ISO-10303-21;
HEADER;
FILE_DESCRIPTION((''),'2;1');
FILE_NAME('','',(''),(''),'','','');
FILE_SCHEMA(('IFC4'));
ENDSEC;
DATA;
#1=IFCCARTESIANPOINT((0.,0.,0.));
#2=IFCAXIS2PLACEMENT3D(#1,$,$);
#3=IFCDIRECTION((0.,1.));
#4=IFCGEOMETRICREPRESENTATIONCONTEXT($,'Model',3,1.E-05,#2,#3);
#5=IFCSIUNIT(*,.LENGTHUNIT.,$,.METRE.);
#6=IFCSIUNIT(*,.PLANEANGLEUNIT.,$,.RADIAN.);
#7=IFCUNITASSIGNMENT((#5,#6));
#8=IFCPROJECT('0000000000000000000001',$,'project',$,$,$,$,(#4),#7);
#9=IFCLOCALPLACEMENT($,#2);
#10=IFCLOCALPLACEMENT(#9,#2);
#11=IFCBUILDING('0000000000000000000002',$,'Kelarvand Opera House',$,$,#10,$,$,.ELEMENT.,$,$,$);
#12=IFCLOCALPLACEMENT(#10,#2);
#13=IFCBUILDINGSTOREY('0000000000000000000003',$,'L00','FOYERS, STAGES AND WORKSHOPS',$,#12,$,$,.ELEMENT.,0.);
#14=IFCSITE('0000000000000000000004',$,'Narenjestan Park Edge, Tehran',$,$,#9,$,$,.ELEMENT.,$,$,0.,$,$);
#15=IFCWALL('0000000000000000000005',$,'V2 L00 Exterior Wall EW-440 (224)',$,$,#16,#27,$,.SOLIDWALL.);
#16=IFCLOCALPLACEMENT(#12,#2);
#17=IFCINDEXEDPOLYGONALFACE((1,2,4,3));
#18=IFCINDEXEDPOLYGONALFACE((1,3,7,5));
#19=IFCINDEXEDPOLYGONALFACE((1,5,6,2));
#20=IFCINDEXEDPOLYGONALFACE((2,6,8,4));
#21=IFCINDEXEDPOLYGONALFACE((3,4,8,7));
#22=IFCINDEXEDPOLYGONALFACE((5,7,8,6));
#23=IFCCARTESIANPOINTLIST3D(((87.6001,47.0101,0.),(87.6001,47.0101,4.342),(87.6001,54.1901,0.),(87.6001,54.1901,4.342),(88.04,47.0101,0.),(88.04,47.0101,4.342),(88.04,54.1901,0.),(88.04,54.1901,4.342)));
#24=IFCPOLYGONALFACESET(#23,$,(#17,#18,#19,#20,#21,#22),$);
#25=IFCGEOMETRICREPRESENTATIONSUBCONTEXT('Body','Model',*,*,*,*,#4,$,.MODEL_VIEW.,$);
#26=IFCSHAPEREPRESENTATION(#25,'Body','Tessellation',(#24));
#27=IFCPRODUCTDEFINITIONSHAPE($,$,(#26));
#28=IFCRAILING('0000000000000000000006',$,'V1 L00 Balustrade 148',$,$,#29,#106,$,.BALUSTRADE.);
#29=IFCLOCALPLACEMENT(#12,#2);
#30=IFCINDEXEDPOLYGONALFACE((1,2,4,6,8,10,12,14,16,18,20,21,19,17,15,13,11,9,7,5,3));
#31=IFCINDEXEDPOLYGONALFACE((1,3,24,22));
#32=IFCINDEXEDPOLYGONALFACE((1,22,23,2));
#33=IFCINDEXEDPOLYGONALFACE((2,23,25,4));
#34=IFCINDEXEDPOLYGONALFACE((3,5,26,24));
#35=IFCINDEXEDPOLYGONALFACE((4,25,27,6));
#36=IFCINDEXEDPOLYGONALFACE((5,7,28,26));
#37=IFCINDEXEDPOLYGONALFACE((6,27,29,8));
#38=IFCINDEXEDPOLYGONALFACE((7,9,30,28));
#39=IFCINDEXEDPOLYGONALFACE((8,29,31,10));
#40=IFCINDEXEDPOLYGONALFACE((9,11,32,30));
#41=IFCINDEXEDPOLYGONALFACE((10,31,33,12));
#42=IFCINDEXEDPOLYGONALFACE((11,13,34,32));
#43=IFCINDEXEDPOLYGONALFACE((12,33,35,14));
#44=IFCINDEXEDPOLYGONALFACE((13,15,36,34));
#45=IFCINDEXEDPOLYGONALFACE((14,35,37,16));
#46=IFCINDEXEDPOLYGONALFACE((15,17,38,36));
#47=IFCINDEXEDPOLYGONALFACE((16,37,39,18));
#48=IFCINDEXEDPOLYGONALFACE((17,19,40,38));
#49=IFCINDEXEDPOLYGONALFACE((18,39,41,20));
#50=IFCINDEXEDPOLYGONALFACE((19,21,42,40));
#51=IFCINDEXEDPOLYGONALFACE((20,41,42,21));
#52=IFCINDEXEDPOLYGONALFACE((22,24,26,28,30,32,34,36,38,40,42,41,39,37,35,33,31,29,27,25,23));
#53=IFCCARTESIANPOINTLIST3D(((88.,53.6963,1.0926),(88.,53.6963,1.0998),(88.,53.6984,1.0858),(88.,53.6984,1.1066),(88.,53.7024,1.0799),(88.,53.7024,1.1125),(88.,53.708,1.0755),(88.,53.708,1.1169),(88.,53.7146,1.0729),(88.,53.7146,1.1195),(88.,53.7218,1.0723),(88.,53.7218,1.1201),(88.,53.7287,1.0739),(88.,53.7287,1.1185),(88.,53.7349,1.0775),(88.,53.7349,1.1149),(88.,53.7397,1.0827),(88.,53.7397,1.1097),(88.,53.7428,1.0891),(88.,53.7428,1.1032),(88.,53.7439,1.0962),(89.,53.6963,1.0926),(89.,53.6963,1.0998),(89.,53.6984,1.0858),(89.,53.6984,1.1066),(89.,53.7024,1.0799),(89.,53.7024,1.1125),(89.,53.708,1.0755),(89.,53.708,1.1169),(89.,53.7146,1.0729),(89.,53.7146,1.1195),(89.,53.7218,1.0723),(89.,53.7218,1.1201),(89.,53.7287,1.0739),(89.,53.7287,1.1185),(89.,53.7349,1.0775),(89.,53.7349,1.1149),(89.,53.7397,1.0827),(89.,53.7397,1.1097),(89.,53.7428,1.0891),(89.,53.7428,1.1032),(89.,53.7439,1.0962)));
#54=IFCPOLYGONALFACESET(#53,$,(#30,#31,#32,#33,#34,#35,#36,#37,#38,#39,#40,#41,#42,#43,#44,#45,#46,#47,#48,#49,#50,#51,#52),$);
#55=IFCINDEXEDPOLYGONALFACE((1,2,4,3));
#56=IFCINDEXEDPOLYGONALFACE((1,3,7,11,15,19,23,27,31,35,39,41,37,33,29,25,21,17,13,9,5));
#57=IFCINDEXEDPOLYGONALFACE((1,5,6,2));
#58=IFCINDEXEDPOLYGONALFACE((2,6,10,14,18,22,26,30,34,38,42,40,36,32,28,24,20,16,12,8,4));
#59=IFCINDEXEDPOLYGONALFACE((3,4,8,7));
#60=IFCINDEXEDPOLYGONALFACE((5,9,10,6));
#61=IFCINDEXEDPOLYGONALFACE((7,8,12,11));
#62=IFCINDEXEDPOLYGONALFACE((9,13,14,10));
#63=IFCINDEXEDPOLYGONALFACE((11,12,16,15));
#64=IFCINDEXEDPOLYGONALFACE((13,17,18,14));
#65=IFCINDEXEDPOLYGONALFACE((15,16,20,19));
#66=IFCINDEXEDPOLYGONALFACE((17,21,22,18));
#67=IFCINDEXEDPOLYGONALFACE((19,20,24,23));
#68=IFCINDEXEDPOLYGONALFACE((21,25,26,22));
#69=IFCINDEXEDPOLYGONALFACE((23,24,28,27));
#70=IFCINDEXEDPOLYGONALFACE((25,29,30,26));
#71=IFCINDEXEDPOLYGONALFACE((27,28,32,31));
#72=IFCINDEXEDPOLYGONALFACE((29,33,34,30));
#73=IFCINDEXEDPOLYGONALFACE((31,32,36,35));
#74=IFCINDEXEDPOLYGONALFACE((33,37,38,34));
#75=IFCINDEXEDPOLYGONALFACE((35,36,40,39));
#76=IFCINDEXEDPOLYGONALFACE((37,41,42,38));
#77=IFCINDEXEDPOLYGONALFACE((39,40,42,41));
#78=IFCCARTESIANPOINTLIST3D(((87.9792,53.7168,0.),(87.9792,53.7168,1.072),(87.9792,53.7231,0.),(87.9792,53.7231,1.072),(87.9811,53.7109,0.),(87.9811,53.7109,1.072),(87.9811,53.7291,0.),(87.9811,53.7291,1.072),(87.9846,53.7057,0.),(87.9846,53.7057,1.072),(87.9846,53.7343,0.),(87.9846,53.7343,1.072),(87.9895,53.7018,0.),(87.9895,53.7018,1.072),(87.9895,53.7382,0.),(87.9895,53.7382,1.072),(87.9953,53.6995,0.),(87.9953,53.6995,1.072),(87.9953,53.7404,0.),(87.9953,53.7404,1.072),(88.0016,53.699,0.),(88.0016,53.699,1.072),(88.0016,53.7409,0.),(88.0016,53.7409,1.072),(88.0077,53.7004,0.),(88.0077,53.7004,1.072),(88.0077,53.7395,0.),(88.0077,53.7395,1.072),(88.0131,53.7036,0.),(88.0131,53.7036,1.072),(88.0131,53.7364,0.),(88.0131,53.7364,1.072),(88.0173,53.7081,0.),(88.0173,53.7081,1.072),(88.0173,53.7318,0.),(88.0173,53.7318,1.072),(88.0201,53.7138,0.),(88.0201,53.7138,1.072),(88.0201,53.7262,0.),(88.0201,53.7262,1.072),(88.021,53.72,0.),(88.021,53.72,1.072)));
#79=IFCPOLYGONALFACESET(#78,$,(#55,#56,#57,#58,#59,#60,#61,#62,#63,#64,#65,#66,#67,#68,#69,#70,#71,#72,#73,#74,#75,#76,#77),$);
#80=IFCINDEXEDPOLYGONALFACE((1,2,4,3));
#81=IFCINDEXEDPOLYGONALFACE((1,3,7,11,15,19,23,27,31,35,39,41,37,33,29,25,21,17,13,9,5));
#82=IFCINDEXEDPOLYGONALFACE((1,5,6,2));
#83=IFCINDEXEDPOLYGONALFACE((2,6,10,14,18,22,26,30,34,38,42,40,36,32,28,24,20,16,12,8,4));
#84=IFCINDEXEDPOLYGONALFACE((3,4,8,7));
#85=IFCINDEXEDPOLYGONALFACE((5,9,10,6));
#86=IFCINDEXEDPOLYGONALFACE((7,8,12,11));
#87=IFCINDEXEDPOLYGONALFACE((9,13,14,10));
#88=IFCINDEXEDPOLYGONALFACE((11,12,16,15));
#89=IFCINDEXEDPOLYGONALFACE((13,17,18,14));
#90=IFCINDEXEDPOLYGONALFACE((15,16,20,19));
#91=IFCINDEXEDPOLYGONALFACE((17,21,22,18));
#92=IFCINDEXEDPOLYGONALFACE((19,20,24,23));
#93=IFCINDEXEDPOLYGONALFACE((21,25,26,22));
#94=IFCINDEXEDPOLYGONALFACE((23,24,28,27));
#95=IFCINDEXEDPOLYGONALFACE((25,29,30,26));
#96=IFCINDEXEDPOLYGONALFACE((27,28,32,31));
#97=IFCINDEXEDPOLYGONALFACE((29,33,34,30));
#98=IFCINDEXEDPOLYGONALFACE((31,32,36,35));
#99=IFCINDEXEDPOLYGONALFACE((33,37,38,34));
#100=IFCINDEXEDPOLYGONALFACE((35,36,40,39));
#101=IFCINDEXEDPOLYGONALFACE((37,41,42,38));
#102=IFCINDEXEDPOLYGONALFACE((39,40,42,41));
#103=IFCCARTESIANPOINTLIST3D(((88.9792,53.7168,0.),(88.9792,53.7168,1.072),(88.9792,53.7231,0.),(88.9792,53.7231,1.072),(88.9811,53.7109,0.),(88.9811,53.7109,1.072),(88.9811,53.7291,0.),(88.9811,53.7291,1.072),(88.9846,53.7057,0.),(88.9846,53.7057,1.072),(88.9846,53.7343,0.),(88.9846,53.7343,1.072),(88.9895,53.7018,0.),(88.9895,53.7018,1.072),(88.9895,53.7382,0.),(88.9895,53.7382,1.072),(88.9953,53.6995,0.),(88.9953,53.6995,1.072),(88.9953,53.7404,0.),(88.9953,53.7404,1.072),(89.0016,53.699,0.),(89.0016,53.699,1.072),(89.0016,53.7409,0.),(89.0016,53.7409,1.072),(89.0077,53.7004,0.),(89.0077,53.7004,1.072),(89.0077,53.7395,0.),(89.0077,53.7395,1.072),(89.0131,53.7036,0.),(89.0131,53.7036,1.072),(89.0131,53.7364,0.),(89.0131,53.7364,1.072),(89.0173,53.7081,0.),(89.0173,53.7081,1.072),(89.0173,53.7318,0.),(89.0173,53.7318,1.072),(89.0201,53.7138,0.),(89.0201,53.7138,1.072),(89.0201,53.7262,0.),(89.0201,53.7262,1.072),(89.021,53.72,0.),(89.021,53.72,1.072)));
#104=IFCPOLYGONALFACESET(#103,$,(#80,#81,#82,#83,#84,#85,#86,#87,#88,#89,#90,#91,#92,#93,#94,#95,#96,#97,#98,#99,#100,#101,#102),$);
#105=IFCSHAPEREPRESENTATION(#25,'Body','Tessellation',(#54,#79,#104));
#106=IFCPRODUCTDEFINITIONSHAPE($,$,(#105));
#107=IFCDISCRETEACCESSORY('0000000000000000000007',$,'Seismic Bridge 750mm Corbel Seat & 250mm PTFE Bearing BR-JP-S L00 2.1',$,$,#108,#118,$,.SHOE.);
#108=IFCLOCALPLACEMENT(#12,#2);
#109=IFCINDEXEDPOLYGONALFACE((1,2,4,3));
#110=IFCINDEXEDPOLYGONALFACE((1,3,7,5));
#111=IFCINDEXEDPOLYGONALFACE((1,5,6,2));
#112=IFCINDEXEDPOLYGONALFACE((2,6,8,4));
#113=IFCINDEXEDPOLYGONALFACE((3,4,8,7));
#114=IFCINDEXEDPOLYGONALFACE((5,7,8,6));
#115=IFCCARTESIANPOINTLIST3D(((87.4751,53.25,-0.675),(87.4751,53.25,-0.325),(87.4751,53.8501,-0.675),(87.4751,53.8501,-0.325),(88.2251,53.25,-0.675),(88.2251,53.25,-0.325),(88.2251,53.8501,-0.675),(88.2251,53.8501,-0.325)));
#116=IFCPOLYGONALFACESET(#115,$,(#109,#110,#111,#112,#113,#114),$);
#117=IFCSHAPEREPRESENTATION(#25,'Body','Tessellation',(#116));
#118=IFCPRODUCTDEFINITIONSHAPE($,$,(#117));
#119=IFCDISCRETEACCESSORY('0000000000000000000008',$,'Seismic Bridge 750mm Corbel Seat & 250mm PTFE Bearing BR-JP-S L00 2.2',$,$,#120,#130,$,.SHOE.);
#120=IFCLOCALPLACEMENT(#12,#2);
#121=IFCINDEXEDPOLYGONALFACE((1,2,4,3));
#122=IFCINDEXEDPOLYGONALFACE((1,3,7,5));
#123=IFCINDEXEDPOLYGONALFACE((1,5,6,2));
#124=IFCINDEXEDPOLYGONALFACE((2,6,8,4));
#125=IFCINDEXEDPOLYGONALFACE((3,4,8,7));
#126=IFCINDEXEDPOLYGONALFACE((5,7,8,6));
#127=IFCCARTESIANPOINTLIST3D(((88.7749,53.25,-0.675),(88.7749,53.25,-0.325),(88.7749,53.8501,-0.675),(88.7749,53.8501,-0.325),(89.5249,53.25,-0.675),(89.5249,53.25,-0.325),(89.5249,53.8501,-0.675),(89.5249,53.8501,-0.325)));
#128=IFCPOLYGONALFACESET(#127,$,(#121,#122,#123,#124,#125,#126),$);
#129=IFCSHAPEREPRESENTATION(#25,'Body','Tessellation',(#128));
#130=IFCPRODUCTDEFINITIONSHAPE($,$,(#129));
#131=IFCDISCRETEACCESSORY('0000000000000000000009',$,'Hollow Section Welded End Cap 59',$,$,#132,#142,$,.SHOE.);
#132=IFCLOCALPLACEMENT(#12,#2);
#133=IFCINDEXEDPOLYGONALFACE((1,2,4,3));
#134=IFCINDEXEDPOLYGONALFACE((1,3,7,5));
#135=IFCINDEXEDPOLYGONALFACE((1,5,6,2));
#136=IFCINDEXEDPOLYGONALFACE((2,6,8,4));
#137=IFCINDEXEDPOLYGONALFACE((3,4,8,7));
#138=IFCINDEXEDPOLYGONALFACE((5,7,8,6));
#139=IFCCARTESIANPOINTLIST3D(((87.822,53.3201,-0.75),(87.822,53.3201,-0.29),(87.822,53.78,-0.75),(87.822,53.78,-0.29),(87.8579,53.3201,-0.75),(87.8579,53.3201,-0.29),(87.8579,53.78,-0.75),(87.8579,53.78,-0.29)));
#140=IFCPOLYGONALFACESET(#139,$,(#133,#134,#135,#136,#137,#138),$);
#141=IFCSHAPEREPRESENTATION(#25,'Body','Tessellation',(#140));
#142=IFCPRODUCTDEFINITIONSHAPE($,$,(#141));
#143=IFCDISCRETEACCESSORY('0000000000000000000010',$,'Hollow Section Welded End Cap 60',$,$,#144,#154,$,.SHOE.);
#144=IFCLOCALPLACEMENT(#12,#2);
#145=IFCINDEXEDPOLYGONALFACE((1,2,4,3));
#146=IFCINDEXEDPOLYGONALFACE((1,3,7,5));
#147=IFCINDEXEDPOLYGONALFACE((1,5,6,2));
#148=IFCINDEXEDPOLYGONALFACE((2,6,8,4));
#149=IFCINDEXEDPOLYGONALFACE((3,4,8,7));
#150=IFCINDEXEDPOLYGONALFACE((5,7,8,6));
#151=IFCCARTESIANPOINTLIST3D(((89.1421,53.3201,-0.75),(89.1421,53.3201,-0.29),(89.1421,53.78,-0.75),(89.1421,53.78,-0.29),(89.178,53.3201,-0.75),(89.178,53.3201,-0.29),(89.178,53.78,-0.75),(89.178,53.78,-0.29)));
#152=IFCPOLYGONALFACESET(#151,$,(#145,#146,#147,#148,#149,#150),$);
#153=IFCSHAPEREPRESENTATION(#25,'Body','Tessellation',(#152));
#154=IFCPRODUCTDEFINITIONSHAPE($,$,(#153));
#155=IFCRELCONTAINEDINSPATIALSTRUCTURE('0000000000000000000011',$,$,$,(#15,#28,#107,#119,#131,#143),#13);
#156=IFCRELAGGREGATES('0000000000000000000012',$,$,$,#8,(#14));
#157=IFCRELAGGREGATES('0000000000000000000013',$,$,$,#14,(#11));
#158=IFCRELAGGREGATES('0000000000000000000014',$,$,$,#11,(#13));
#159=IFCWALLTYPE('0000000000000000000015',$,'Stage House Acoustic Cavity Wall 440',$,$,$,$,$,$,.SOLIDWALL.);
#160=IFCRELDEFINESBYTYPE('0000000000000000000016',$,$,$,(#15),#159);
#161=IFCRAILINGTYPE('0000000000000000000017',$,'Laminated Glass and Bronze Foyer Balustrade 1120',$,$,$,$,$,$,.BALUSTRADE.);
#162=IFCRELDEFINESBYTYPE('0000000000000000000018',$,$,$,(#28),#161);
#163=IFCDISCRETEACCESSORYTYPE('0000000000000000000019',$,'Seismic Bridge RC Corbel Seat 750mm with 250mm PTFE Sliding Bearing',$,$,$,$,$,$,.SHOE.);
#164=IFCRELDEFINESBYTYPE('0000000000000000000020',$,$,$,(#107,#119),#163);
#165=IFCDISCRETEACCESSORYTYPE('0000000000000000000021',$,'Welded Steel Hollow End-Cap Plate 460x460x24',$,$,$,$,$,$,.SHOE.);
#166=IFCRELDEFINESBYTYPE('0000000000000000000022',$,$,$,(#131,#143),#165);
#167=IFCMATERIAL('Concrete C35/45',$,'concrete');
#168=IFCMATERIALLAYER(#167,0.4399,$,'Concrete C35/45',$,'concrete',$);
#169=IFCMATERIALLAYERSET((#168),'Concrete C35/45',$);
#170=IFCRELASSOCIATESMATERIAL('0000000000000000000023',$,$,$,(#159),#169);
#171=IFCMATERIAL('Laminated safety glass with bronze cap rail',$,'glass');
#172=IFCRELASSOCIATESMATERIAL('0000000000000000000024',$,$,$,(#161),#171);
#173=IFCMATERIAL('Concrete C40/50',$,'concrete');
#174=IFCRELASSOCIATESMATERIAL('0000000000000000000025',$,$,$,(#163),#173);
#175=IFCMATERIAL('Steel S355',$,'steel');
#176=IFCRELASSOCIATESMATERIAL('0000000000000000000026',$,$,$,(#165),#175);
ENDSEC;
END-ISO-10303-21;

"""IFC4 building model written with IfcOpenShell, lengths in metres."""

from ifc_helpers import new_model, si_unit, direction, frame, frame_2d, origin, origin_2d, place, context, subcontext, project, spatial, rectangle, circle, extrude, material, layer, layer_set, material_profile, profile_set, type_object, element, save


model = new_model("IFC4")

# Units and contexts
model_context = context("Model", 3, precision=1e-05, world=origin(), true_north=direction((0.0, 1.0)))
body_context = subcontext(model_context, "Body", "Model", "MODEL_VIEW")
ifc_project = project(units=[si_unit("LENGTHUNIT", "METRE"), si_unit("PLANEANGLEUNIT", "RADIAN")], contexts=[model_context])

# Site, building, storey
site_placement = place(None, origin())
site = spatial("IfcSite", under=ifc_project, at=site_placement, Name="Narenjestan Park Edge, Tehran", CompositionType="ELEMENT", RefElevation=0.0)
building_placement = place(site_placement, origin())
building = spatial("IfcBuilding", under=site, at=building_placement, Name="Kelarvand Opera House", CompositionType="ELEMENT")
storey_placement = place(building_placement, origin())
storey = spatial("IfcBuildingStorey", under=building, at=storey_placement, Name="L00", Description="FOYERS, STAGES AND WORKSHOPS", CompositionType="ELEMENT", Elevation=0.0)

# Shared definitions
ifc_material_1 = material(Name="Concrete C40/50", Category="concrete")

# Shared definitions
ifc_material_2 = material(Name="Steel S355", Category="steel")

# Wall
ifc_material_3 = material(Name="Concrete C35/45", Category="concrete")
ifc_layer_1 = layer(ifc_material_3, 0.4399, Name="Concrete C35/45", Category="concrete")
ifc_layer_set_1 = layer_set([ifc_layer_1], Name="Concrete C35/45")
wall_type_1 = type_object("IfcWallType", Name="Stage House Acoustic Cavity Wall 440", PredefinedType="SOLIDWALL", material=ifc_layer_set_1)
wall_1_placement = place(storey_placement, frame((87.8201, 54.1899, 0.0), z_axis=(0.0, 0.0, 1.0), x_axis=(0.0, -1.0, 0.0)))
element("IfcWall", 1, at=wall_1_placement, inside=storey, type_object=wall_type_1, Name="V2 L00 Exterior Wall EW-440 (224)", PredefinedType="SOLIDWALL", context=body_context, shape_type="SweptSolid", body=[
    extrude(rectangle(XDim=7.1799, YDim=0.4399, at=frame_2d((3.5898, 0.0))), origin(), (0.0, 0.0, 1.0), 4.342),
])

# Railing
ifc_material_4 = material(Name="Laminated safety glass with bronze cap rail", Category="glass")
railing_type = type_object("IfcRailingType", Name="Laminated Glass and Bronze Foyer Balustrade 1120", PredefinedType="BALUSTRADE", material=ifc_material_4)
railing_placement = place(storey_placement, frame((88.0, 53.72, 0.0)))
element("IfcRailing", 2, at=railing_placement, inside=storey, type_object=railing_type, Name="V1 L00 Balustrade 148", PredefinedType="BALUSTRADE", context=body_context, shape_type="SweptSolid", body=[
    extrude(circle(Radius=0.0239, at=origin_2d()), frame((0.0, 0.0, 1.0962), z_axis=(1.0, 0.0, 0.0), x_axis=(0.0, 1.0, 0.0)), (0.0, 0.0, 1.0), 1.0),
    extrude(circle(Radius=0.021, at=origin_2d()), origin(), (0.0, 0.0, 1.0), 1.072),
    extrude(circle(Radius=0.021, at=origin_2d()), frame((1.0, 0.0, 0.0)), (0.0, 0.0, 1.0), 1.072),
])

# Discrete accessories
discrete_accessory_type_1 = type_object("IfcDiscreteAccessoryType", Name="Seismic Bridge RC Corbel Seat 750mm with 250mm PTFE Sliding Bearing", PredefinedType="SHOE", material=ifc_material_1)
for number, where, z_axis, x_axis, name in (
    (3, (87.8501, 53.55, -0.675), (0.0, 0.0, 1.0), (1.0, 0.0, 0.0), "Seismic Bridge 750mm Corbel Seat & 250mm PTFE Bearing BR-JP-S L00 2.1"),
    (4, (89.1499, 53.55, -0.675), (0.0, 0.0, 1.0), (1.0, 0.0, 0.0), "Seismic Bridge 750mm Corbel Seat & 250mm PTFE Bearing BR-JP-S L00 2.2"),
):
    element("IfcDiscreteAccessory", number, at=place(storey_placement, frame(where, z_axis=z_axis, x_axis=x_axis)), inside=storey, type_object=discrete_accessory_type_1, Name=name, PredefinedType="SHOE", context=body_context, shape_type="SweptSolid", body=[
        extrude(rectangle(XDim=0.75, YDim=0.6001, at=origin_2d()), origin(), (0.0, 0.0, 1.0), 0.3501),
    ])
ifc_material_profile_1 = material_profile(ifc_material_2, rectangle(XDim=0.46, YDim=0.46, at=origin_2d()), Name="Welded Steel Hollow End-Cap Plate 460x460x24", Category="steel")
ifc_profile_set_1 = profile_set([ifc_material_profile_1], Name="Steel S355")
discrete_accessory_type_2 = type_object("IfcDiscreteAccessoryType", Name="Welded Steel Hollow End-Cap Plate 460x460x24", PredefinedType="SHOE", material=ifc_profile_set_1)
for number, where, z_axis, x_axis, name in (
    (5, (87.8579, 53.55, -0.52), (-1.0, 0.0, 0.0), (0.0, -1.0, 0.0), "Hollow Section Welded End Cap 59"),
    (6, (89.1421, 53.55, -0.52), (1.0, 0.0, 0.0), (0.0, 1.0, 0.0), "Hollow Section Welded End Cap 60"),
):
    element("IfcDiscreteAccessory", number, at=place(storey_placement, frame(where, z_axis=z_axis, x_axis=x_axis)), inside=storey, type_object=discrete_accessory_type_2, Name=name, PredefinedType="SHOE", context=body_context, shape_type="SweptSolid", body=[
        extrude(rectangle(XDim=0.46, YDim=0.46, at=origin_2d()), origin(), (0.0, 0.0, 1.0), 0.0359),
    ])

save(model, "model.ifc")
